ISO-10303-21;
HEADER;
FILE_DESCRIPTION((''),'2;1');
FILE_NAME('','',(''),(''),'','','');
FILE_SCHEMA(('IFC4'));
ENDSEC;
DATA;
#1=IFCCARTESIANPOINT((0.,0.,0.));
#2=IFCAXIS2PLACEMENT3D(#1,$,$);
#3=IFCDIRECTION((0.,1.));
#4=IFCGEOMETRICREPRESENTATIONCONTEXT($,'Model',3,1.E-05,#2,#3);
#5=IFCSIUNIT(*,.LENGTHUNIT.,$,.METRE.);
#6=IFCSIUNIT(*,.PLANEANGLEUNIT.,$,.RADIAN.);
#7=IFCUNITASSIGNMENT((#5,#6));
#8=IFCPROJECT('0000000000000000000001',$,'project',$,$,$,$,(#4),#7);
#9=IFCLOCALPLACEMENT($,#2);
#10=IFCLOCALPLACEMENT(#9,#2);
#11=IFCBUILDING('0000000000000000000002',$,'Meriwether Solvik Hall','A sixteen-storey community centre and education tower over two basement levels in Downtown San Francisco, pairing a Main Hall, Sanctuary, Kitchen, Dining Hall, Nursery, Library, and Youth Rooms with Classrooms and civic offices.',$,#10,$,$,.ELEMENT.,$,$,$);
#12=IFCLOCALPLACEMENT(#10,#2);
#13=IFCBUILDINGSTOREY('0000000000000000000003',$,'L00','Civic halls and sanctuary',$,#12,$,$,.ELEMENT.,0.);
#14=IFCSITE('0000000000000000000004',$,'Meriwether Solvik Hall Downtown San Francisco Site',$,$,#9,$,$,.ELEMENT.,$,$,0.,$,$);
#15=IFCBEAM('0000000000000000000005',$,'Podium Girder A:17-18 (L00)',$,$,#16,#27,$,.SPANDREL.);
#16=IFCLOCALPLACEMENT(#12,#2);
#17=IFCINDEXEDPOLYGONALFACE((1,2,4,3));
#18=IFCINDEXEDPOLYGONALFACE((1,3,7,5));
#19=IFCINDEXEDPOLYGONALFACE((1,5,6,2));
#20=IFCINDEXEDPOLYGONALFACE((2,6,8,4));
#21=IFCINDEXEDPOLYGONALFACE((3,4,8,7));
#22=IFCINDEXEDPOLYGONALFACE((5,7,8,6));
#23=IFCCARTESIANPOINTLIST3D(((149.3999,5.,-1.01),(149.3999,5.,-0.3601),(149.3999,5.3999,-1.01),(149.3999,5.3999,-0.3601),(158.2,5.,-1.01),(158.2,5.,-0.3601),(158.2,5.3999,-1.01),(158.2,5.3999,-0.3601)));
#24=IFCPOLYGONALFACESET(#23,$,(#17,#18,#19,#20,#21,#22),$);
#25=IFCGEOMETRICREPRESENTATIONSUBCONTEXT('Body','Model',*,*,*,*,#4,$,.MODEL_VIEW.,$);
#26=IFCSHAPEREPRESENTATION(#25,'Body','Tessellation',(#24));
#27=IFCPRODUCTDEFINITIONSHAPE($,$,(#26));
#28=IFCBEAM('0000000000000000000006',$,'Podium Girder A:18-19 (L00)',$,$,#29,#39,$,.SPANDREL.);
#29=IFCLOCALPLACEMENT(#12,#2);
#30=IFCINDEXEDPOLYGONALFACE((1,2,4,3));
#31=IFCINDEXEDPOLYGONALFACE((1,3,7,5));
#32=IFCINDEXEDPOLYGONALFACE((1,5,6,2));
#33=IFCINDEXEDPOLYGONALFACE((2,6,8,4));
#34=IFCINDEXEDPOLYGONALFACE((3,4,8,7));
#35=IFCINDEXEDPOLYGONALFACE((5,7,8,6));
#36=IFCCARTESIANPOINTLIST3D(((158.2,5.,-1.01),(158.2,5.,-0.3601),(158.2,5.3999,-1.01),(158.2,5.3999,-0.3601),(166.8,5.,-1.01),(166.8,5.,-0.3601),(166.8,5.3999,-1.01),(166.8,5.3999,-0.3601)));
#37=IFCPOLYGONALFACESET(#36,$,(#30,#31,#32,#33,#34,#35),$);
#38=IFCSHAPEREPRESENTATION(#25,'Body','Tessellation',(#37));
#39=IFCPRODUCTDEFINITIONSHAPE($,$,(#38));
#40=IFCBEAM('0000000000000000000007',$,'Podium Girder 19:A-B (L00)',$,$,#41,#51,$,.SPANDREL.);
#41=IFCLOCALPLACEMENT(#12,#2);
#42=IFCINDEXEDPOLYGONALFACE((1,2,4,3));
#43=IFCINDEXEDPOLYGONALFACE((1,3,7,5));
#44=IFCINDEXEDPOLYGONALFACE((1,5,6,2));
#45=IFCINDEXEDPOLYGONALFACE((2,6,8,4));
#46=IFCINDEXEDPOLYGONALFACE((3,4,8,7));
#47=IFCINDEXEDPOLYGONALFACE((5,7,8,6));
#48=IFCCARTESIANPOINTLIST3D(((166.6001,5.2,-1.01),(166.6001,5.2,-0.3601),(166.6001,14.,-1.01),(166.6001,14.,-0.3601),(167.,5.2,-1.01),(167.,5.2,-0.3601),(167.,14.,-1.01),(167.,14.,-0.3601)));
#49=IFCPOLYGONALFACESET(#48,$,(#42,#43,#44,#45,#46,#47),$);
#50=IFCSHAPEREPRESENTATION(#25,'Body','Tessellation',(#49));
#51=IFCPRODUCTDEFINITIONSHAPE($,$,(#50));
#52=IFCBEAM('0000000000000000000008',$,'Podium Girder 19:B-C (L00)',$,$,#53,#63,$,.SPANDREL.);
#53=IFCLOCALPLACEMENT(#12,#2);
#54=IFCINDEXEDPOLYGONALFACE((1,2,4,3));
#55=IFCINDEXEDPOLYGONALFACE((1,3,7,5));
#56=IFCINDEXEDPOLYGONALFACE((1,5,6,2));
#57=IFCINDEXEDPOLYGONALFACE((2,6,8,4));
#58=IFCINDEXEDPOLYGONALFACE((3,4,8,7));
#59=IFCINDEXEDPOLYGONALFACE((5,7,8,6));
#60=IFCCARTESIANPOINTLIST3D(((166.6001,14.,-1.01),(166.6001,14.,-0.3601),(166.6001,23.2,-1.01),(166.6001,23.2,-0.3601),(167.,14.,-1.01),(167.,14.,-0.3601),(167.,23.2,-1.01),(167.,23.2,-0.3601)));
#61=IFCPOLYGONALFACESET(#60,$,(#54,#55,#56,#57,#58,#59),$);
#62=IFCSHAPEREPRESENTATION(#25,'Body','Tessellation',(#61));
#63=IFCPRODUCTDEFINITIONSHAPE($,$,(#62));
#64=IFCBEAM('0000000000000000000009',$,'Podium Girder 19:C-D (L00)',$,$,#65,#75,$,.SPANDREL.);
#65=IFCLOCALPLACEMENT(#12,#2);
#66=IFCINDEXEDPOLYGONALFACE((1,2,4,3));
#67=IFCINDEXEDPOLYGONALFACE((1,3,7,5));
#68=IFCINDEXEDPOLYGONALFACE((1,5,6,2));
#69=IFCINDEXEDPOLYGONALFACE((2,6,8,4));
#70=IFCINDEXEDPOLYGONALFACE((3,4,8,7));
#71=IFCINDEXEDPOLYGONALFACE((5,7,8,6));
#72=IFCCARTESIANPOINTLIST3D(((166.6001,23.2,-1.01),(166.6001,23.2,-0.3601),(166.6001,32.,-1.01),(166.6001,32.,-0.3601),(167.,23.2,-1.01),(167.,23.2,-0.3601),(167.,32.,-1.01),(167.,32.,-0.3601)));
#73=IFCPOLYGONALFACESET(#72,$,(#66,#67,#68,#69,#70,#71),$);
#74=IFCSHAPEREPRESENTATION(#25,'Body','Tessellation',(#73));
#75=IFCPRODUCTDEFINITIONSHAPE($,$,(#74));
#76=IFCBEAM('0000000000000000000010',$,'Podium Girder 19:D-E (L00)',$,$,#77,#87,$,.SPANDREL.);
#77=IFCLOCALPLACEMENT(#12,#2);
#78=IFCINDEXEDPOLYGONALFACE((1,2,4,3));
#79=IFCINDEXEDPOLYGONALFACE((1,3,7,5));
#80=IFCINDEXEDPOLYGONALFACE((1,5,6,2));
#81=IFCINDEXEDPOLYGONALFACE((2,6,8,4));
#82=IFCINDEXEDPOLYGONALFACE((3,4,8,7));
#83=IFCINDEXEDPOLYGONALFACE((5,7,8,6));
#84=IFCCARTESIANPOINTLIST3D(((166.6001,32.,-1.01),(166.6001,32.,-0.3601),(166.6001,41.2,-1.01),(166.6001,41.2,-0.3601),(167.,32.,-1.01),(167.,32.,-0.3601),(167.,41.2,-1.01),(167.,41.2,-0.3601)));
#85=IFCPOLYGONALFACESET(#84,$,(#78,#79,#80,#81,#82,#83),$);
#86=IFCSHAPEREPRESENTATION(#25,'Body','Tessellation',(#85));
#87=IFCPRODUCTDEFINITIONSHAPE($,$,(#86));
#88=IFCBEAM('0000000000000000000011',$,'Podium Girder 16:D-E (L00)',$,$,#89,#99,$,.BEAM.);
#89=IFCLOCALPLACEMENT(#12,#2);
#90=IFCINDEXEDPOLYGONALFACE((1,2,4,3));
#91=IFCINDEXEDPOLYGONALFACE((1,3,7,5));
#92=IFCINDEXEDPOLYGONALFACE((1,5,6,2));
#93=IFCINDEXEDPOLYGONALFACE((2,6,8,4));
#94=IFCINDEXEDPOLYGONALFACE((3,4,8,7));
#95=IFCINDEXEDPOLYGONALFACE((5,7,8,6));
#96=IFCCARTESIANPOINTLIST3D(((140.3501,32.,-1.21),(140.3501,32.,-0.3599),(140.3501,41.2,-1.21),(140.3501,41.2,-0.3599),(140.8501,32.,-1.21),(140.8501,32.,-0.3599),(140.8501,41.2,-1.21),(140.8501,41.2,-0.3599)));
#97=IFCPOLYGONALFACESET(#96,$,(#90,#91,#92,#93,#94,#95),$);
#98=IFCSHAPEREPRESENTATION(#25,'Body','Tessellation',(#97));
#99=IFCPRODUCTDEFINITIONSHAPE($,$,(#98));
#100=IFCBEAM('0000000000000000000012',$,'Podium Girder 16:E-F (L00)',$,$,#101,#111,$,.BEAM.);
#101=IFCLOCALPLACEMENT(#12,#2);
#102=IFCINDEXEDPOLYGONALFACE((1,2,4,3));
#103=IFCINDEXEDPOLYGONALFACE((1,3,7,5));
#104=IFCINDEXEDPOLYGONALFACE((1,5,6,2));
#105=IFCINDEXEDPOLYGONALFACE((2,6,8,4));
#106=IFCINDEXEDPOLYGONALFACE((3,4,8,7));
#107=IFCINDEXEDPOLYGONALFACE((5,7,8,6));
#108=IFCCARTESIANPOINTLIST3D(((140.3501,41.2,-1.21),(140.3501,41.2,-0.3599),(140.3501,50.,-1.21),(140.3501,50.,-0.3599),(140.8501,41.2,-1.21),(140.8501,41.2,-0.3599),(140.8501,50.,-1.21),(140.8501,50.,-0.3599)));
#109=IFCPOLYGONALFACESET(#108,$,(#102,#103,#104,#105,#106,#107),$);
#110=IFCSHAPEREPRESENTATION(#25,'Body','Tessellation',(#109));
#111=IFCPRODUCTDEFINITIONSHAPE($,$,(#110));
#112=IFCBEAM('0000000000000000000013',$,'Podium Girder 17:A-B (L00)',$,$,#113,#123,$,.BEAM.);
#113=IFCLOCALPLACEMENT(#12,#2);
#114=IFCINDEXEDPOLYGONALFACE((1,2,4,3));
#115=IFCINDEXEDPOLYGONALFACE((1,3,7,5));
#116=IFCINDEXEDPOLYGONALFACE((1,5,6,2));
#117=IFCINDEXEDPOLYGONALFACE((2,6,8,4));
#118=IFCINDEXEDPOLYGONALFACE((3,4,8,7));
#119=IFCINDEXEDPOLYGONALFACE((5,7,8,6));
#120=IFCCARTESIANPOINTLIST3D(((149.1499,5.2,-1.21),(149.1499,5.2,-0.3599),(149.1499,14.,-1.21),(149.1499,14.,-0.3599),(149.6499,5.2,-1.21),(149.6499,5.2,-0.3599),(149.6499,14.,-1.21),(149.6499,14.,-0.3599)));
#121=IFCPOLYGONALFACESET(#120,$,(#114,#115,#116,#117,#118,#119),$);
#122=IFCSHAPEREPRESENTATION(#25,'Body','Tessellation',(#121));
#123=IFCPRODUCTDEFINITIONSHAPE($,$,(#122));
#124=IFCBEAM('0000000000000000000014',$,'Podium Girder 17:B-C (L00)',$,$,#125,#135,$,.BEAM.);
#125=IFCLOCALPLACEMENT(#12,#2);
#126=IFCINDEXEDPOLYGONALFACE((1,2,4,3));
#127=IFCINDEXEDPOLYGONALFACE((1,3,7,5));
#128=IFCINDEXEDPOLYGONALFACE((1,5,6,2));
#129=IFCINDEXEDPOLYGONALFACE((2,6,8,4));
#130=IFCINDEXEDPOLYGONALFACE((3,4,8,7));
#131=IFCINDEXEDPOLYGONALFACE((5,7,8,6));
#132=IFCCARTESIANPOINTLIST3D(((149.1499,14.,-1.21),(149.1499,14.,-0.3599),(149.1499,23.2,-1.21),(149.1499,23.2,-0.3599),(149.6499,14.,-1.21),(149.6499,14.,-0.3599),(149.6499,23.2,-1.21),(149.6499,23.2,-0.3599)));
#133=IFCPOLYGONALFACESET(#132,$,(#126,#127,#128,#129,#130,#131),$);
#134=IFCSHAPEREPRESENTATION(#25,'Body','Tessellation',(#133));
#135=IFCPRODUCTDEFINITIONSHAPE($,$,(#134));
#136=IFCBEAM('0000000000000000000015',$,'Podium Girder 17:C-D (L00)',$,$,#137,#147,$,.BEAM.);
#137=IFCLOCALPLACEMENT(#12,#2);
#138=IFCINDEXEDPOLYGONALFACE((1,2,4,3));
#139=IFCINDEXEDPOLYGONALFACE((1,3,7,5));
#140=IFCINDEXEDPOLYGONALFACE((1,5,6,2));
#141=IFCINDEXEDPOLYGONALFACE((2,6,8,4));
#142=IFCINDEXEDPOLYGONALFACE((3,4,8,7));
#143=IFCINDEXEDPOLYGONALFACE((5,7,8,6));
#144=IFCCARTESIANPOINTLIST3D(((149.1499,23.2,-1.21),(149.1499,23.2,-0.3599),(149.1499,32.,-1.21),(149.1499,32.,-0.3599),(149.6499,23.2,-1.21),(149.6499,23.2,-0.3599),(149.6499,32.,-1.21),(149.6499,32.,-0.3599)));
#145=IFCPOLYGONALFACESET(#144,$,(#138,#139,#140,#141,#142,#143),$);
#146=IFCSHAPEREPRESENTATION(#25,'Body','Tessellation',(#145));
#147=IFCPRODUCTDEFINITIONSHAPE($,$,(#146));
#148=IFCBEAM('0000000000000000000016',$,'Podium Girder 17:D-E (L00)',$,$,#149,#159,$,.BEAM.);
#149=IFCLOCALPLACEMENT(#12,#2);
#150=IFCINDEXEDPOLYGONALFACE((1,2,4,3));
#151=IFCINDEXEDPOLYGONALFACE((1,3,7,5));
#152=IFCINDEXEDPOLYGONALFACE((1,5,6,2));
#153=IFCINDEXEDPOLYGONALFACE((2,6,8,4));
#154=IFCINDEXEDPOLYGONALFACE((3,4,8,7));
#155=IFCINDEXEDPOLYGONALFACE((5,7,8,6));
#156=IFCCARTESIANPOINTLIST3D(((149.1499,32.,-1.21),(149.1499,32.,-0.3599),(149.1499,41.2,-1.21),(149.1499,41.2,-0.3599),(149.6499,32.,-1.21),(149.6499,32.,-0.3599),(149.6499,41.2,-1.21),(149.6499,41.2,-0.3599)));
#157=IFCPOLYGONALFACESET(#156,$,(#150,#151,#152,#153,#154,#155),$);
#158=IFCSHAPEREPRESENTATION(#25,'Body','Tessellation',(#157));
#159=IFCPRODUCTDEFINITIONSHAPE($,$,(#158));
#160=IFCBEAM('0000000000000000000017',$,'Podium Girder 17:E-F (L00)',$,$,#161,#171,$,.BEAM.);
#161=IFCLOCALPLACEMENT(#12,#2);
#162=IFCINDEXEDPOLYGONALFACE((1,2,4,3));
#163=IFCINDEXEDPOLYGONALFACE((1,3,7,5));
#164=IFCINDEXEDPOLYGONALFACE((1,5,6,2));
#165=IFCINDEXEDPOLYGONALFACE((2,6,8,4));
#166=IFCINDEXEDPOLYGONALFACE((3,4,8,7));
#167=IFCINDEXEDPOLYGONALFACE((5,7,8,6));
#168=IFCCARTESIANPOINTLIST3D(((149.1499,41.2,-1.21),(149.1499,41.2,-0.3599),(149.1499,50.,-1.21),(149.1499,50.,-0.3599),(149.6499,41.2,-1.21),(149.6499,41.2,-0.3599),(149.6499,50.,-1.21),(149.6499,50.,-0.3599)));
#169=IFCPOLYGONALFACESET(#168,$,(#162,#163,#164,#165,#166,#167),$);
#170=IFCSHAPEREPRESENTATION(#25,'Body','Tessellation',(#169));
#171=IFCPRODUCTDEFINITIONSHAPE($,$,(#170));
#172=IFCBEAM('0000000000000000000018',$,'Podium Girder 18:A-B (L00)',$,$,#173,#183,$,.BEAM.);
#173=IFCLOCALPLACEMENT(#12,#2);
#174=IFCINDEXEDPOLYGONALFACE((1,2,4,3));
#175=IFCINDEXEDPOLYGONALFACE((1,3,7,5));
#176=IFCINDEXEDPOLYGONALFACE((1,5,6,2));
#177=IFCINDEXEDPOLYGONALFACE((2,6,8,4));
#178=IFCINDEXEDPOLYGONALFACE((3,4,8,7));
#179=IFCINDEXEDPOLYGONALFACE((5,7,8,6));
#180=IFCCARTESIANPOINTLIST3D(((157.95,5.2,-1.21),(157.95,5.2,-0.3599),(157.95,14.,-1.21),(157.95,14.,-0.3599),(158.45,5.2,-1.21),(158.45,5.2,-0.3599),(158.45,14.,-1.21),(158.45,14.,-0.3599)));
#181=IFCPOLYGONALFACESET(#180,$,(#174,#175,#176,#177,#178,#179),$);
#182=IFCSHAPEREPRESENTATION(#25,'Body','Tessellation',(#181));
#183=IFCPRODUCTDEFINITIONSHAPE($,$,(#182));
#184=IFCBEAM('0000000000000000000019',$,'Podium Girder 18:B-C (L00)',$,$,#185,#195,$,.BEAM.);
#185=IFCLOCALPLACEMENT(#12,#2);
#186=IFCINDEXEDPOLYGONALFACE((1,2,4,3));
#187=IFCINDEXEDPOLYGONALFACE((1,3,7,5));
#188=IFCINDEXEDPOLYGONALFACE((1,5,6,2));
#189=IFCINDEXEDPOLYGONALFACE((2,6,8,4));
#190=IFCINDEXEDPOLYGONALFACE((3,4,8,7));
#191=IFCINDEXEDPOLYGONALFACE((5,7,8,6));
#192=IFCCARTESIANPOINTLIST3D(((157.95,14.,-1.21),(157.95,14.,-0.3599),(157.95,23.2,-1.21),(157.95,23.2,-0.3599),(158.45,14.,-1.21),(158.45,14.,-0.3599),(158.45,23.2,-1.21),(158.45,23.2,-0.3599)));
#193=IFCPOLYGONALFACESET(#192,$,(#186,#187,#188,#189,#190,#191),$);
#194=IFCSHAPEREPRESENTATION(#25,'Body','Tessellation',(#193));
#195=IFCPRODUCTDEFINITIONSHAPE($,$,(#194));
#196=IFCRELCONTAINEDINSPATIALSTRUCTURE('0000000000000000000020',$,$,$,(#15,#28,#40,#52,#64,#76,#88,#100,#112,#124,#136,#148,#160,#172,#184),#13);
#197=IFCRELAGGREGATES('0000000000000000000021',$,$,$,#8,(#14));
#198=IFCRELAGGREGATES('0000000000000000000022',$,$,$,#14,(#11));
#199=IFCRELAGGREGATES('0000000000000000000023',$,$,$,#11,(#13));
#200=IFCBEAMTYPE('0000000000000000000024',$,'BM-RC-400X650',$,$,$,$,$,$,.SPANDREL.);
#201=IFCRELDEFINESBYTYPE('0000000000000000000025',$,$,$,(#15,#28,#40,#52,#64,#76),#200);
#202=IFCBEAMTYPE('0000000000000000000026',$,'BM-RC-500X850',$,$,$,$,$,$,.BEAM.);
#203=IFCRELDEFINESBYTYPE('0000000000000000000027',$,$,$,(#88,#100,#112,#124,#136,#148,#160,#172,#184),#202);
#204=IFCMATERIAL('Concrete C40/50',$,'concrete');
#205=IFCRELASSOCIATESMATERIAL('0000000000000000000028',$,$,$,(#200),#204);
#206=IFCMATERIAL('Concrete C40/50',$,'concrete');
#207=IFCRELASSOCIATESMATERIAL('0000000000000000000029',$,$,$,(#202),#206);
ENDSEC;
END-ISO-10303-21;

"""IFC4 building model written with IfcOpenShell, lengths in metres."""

from ifc_helpers import new_model, si_unit, direction, frame, origin, origin_2d, place, context, subcontext, project, spatial, rectangle, extrude, material, material_profile, profile_set, type_object, element, save


model = new_model("IFC4")

# Units and contexts
model_context = context("Model", 3, precision=1e-05, world=origin(), true_north=direction((0.0, 1.0)))
body_context = subcontext(model_context, "Body", "Model", "MODEL_VIEW")
ifc_project = project(units=[si_unit("LENGTHUNIT", "METRE"), si_unit("PLANEANGLEUNIT", "RADIAN")], contexts=[model_context])

# Site, building, storey
site_placement = place(None, origin())
site = spatial("IfcSite", under=ifc_project, at=site_placement, Name="Meriwether Solvik Hall Downtown San Francisco Site", CompositionType="ELEMENT", RefElevation=0.0)
building_placement = place(site_placement, origin())
building = spatial("IfcBuilding", under=site, at=building_placement, Name="Meriwether Solvik Hall", Description="A sixteen-storey community centre and education tower over two basement levels in Downtown San Francisco, pairing a Main Hall, Sanctuary, Kitchen, Dining Hall, Nursery, Library, and Youth Rooms with Classrooms and civic offices.", CompositionType="ELEMENT")
storey_placement = place(building_placement, origin())
storey = spatial("IfcBuildingStorey", under=building, at=storey_placement, Name="L00", Description="Civic halls and sanctuary", CompositionType="ELEMENT", Elevation=0.0)

# Beams
ifc_material_1 = material(Name="Concrete C40/50", Category="concrete")
ifc_material_profile_1 = material_profile(ifc_material_1, rectangle(XDim=0.3999, YDim=0.6499, at=origin_2d()), Name="RCB-400X650")
ifc_profile_set_1 = profile_set([ifc_material_profile_1], Name="Concrete C40/50")
beam_type_1 = type_object("IfcBeamType", Name="BM-RC-400X650", PredefinedType="SPANDREL", material=ifc_profile_set_1)
beam_1_placement = place(storey_placement, frame((149.3999, 5.2, -0.6851), z_axis=(1.0, 0.0, 0.0), x_axis=(0.0, 1.0, 0.0)))
element("IfcBeam", 1, at=beam_1_placement, inside=storey, type_object=beam_type_1, Name="Podium Girder A:17-18 (L00)", PredefinedType="SPANDREL", context=body_context, shape_type="SweptSolid", body=[
    extrude(rectangle(XDim=0.3999, YDim=0.6499, at=origin_2d()), origin(), (0.0, 0.0, 1.0), 8.8),
])
beam_2_placement = place(storey_placement, frame((158.2, 5.2, -0.6851), z_axis=(1.0, 0.0, 0.0), x_axis=(0.0, 1.0, 0.0)))
element("IfcBeam", 2, at=beam_2_placement, inside=storey, type_object=beam_type_1, Name="Podium Girder A:18-19 (L00)", PredefinedType="SPANDREL", context=body_context, shape_type="SweptSolid", body=[
    extrude(rectangle(XDim=0.3999, YDim=0.6499, at=origin_2d()), origin(), (0.0, 0.0, 1.0), 8.6001),
])
beam_3_placement = place(storey_placement, frame((166.8, 5.2, -0.6851), z_axis=(0.0, 1.0, 0.0), x_axis=(-1.0, 0.0, 0.0)))
element("IfcBeam", 3, at=beam_3_placement, inside=storey, type_object=beam_type_1, Name="Podium Girder 19:A-B (L00)", PredefinedType="SPANDREL", context=body_context, shape_type="SweptSolid", body=[
    extrude(rectangle(XDim=0.3999, YDim=0.6499, at=origin_2d()), origin(), (0.0, 0.0, 1.0), 8.8),
])
beam_4_placement = place(storey_placement, frame((166.8, 14.0, -0.6851), z_axis=(0.0, 1.0, 0.0), x_axis=(-1.0, 0.0, 0.0)))
element("IfcBeam", 4, at=beam_4_placement, inside=storey, type_object=beam_type_1, Name="Podium Girder 19:B-C (L00)", PredefinedType="SPANDREL", context=body_context, shape_type="SweptSolid", body=[
    extrude(rectangle(XDim=0.3999, YDim=0.6499, at=origin_2d()), origin(), (0.0, 0.0, 1.0), 9.2),
])
beam_5_placement = place(storey_placement, frame((166.8, 23.2, -0.6851), z_axis=(0.0, 1.0, 0.0), x_axis=(-1.0, 0.0, 0.0)))
element("IfcBeam", 5, at=beam_5_placement, inside=storey, type_object=beam_type_1, Name="Podium Girder 19:C-D (L00)", PredefinedType="SPANDREL", context=body_context, shape_type="SweptSolid", body=[
    extrude(rectangle(XDim=0.3999, YDim=0.6499, at=origin_2d()), origin(), (0.0, 0.0, 1.0), 8.8),
])
beam_6_placement = place(storey_placement, frame((166.8, 32.0, -0.6851), z_axis=(0.0, 1.0, 0.0), x_axis=(-1.0, 0.0, 0.0)))
element("IfcBeam", 6, at=beam_6_placement, inside=storey, type_object=beam_type_1, Name="Podium Girder 19:D-E (L00)", PredefinedType="SPANDREL", context=body_context, shape_type="SweptSolid", body=[
    extrude(rectangle(XDim=0.3999, YDim=0.6499, at=origin_2d()), origin(), (0.0, 0.0, 1.0), 9.2),
])
ifc_material_2 = material(Name="Concrete C40/50", Category="concrete")
ifc_material_profile_2 = material_profile(ifc_material_2, rectangle(XDim=0.5, YDim=0.8501, at=origin_2d()), Name="RCB-500X850")
ifc_profile_set_2 = profile_set([ifc_material_profile_2], Name="Concrete C40/50")
beam_type_2 = type_object("IfcBeamType", Name="BM-RC-500X850", PredefinedType="BEAM", material=ifc_profile_set_2)
beam_7_placement = place(storey_placement, frame((140.6001, 32.0, -0.7849), z_axis=(0.0, 1.0, 0.0), x_axis=(-1.0, 0.0, 0.0)))
element("IfcBeam", 7, at=beam_7_placement, inside=storey, type_object=beam_type_2, Name="Podium Girder 16:D-E (L00)", PredefinedType="BEAM", context=body_context, shape_type="SweptSolid", body=[
    extrude(rectangle(XDim=0.5, YDim=0.8501, at=origin_2d()), origin(), (0.0, 0.0, 1.0), 9.2),
])
for number, where, z_axis, x_axis, name in (
    (8, (140.6001, 41.2, -0.7849), (0.0, 1.0, 0.0), (-1.0, 0.0, 0.0), "Podium Girder 16:E-F (L00)"),
    (9, (149.3999, 5.2, -0.7849), (0.0, 1.0, 0.0), (-1.0, 0.0, 0.0), "Podium Girder 17:A-B (L00)"),
):
    element("IfcBeam", number, at=place(storey_placement, frame(where, z_axis=z_axis, x_axis=x_axis)), inside=storey, type_object=beam_type_2, Name=name, PredefinedType="BEAM", context=body_context, shape_type="SweptSolid", body=[
        extrude(rectangle(XDim=0.5, YDim=0.8501, at=origin_2d()), origin(), (0.0, 0.0, 1.0), 8.8),
    ])
beam_8_placement = place(storey_placement, frame((149.3999, 14.0, -0.7849), z_axis=(0.0, 1.0, 0.0), x_axis=(-1.0, 0.0, 0.0)))
element("IfcBeam", 10, at=beam_8_placement, inside=storey, type_object=beam_type_2, Name="Podium Girder 17:B-C (L00)", PredefinedType="BEAM", context=body_context, shape_type="SweptSolid", body=[
    extrude(rectangle(XDim=0.5, YDim=0.8501, at=origin_2d()), origin(), (0.0, 0.0, 1.0), 9.2),
])
beam_9_placement = place(storey_placement, frame((149.3999, 23.2, -0.7849), z_axis=(0.0, 1.0, 0.0), x_axis=(-1.0, 0.0, 0.0)))
element("IfcBeam", 11, at=beam_9_placement, inside=storey, type_object=beam_type_2, Name="Podium Girder 17:C-D (L00)", PredefinedType="BEAM", context=body_context, shape_type="SweptSolid", body=[
    extrude(rectangle(XDim=0.5, YDim=0.8501, at=origin_2d()), origin(), (0.0, 0.0, 1.0), 8.8),
])
beam_10_placement = place(storey_placement, frame((149.3999, 32.0, -0.7849), z_axis=(0.0, 1.0, 0.0), x_axis=(-1.0, 0.0, 0.0)))
element("IfcBeam", 12, at=beam_10_placement, inside=storey, type_object=beam_type_2, Name="Podium Girder 17:D-E (L00)", PredefinedType="BEAM", context=body_context, shape_type="SweptSolid", body=[
    extrude(rectangle(XDim=0.5, YDim=0.8501, at=origin_2d()), origin(), (0.0, 0.0, 1.0), 9.2),
])
for number, where, z_axis, x_axis, name in (
    (13, (149.3999, 41.2, -0.7849), (0.0, 1.0, 0.0), (-1.0, 0.0, 0.0), "Podium Girder 17:E-F (L00)"),
    (14, (158.2, 5.2, -0.7849), (0.0, 1.0, 0.0), (-1.0, 0.0, 0.0), "Podium Girder 18:A-B (L00)"),
):
    element("IfcBeam", number, at=place(storey_placement, frame(where, z_axis=z_axis, x_axis=x_axis)), inside=storey, type_object=beam_type_2, Name=name, PredefinedType="BEAM", context=body_context, shape_type="SweptSolid", body=[
        extrude(rectangle(XDim=0.5, YDim=0.8501, at=origin_2d()), origin(), (0.0, 0.0, 1.0), 8.8),
    ])
beam_11_placement = place(storey_placement, frame((158.2, 14.0, -0.7849), z_axis=(0.0, 1.0, 0.0), x_axis=(-1.0, 0.0, 0.0)))
element("IfcBeam", 15, at=beam_11_placement, inside=storey, type_object=beam_type_2, Name="Podium Girder 18:B-C (L00)", PredefinedType="BEAM", context=body_context, shape_type="SweptSolid", body=[
    extrude(rectangle(XDim=0.5, YDim=0.8501, at=origin_2d()), origin(), (0.0, 0.0, 1.0), 9.2),
])

save(model, "model.ifc")
